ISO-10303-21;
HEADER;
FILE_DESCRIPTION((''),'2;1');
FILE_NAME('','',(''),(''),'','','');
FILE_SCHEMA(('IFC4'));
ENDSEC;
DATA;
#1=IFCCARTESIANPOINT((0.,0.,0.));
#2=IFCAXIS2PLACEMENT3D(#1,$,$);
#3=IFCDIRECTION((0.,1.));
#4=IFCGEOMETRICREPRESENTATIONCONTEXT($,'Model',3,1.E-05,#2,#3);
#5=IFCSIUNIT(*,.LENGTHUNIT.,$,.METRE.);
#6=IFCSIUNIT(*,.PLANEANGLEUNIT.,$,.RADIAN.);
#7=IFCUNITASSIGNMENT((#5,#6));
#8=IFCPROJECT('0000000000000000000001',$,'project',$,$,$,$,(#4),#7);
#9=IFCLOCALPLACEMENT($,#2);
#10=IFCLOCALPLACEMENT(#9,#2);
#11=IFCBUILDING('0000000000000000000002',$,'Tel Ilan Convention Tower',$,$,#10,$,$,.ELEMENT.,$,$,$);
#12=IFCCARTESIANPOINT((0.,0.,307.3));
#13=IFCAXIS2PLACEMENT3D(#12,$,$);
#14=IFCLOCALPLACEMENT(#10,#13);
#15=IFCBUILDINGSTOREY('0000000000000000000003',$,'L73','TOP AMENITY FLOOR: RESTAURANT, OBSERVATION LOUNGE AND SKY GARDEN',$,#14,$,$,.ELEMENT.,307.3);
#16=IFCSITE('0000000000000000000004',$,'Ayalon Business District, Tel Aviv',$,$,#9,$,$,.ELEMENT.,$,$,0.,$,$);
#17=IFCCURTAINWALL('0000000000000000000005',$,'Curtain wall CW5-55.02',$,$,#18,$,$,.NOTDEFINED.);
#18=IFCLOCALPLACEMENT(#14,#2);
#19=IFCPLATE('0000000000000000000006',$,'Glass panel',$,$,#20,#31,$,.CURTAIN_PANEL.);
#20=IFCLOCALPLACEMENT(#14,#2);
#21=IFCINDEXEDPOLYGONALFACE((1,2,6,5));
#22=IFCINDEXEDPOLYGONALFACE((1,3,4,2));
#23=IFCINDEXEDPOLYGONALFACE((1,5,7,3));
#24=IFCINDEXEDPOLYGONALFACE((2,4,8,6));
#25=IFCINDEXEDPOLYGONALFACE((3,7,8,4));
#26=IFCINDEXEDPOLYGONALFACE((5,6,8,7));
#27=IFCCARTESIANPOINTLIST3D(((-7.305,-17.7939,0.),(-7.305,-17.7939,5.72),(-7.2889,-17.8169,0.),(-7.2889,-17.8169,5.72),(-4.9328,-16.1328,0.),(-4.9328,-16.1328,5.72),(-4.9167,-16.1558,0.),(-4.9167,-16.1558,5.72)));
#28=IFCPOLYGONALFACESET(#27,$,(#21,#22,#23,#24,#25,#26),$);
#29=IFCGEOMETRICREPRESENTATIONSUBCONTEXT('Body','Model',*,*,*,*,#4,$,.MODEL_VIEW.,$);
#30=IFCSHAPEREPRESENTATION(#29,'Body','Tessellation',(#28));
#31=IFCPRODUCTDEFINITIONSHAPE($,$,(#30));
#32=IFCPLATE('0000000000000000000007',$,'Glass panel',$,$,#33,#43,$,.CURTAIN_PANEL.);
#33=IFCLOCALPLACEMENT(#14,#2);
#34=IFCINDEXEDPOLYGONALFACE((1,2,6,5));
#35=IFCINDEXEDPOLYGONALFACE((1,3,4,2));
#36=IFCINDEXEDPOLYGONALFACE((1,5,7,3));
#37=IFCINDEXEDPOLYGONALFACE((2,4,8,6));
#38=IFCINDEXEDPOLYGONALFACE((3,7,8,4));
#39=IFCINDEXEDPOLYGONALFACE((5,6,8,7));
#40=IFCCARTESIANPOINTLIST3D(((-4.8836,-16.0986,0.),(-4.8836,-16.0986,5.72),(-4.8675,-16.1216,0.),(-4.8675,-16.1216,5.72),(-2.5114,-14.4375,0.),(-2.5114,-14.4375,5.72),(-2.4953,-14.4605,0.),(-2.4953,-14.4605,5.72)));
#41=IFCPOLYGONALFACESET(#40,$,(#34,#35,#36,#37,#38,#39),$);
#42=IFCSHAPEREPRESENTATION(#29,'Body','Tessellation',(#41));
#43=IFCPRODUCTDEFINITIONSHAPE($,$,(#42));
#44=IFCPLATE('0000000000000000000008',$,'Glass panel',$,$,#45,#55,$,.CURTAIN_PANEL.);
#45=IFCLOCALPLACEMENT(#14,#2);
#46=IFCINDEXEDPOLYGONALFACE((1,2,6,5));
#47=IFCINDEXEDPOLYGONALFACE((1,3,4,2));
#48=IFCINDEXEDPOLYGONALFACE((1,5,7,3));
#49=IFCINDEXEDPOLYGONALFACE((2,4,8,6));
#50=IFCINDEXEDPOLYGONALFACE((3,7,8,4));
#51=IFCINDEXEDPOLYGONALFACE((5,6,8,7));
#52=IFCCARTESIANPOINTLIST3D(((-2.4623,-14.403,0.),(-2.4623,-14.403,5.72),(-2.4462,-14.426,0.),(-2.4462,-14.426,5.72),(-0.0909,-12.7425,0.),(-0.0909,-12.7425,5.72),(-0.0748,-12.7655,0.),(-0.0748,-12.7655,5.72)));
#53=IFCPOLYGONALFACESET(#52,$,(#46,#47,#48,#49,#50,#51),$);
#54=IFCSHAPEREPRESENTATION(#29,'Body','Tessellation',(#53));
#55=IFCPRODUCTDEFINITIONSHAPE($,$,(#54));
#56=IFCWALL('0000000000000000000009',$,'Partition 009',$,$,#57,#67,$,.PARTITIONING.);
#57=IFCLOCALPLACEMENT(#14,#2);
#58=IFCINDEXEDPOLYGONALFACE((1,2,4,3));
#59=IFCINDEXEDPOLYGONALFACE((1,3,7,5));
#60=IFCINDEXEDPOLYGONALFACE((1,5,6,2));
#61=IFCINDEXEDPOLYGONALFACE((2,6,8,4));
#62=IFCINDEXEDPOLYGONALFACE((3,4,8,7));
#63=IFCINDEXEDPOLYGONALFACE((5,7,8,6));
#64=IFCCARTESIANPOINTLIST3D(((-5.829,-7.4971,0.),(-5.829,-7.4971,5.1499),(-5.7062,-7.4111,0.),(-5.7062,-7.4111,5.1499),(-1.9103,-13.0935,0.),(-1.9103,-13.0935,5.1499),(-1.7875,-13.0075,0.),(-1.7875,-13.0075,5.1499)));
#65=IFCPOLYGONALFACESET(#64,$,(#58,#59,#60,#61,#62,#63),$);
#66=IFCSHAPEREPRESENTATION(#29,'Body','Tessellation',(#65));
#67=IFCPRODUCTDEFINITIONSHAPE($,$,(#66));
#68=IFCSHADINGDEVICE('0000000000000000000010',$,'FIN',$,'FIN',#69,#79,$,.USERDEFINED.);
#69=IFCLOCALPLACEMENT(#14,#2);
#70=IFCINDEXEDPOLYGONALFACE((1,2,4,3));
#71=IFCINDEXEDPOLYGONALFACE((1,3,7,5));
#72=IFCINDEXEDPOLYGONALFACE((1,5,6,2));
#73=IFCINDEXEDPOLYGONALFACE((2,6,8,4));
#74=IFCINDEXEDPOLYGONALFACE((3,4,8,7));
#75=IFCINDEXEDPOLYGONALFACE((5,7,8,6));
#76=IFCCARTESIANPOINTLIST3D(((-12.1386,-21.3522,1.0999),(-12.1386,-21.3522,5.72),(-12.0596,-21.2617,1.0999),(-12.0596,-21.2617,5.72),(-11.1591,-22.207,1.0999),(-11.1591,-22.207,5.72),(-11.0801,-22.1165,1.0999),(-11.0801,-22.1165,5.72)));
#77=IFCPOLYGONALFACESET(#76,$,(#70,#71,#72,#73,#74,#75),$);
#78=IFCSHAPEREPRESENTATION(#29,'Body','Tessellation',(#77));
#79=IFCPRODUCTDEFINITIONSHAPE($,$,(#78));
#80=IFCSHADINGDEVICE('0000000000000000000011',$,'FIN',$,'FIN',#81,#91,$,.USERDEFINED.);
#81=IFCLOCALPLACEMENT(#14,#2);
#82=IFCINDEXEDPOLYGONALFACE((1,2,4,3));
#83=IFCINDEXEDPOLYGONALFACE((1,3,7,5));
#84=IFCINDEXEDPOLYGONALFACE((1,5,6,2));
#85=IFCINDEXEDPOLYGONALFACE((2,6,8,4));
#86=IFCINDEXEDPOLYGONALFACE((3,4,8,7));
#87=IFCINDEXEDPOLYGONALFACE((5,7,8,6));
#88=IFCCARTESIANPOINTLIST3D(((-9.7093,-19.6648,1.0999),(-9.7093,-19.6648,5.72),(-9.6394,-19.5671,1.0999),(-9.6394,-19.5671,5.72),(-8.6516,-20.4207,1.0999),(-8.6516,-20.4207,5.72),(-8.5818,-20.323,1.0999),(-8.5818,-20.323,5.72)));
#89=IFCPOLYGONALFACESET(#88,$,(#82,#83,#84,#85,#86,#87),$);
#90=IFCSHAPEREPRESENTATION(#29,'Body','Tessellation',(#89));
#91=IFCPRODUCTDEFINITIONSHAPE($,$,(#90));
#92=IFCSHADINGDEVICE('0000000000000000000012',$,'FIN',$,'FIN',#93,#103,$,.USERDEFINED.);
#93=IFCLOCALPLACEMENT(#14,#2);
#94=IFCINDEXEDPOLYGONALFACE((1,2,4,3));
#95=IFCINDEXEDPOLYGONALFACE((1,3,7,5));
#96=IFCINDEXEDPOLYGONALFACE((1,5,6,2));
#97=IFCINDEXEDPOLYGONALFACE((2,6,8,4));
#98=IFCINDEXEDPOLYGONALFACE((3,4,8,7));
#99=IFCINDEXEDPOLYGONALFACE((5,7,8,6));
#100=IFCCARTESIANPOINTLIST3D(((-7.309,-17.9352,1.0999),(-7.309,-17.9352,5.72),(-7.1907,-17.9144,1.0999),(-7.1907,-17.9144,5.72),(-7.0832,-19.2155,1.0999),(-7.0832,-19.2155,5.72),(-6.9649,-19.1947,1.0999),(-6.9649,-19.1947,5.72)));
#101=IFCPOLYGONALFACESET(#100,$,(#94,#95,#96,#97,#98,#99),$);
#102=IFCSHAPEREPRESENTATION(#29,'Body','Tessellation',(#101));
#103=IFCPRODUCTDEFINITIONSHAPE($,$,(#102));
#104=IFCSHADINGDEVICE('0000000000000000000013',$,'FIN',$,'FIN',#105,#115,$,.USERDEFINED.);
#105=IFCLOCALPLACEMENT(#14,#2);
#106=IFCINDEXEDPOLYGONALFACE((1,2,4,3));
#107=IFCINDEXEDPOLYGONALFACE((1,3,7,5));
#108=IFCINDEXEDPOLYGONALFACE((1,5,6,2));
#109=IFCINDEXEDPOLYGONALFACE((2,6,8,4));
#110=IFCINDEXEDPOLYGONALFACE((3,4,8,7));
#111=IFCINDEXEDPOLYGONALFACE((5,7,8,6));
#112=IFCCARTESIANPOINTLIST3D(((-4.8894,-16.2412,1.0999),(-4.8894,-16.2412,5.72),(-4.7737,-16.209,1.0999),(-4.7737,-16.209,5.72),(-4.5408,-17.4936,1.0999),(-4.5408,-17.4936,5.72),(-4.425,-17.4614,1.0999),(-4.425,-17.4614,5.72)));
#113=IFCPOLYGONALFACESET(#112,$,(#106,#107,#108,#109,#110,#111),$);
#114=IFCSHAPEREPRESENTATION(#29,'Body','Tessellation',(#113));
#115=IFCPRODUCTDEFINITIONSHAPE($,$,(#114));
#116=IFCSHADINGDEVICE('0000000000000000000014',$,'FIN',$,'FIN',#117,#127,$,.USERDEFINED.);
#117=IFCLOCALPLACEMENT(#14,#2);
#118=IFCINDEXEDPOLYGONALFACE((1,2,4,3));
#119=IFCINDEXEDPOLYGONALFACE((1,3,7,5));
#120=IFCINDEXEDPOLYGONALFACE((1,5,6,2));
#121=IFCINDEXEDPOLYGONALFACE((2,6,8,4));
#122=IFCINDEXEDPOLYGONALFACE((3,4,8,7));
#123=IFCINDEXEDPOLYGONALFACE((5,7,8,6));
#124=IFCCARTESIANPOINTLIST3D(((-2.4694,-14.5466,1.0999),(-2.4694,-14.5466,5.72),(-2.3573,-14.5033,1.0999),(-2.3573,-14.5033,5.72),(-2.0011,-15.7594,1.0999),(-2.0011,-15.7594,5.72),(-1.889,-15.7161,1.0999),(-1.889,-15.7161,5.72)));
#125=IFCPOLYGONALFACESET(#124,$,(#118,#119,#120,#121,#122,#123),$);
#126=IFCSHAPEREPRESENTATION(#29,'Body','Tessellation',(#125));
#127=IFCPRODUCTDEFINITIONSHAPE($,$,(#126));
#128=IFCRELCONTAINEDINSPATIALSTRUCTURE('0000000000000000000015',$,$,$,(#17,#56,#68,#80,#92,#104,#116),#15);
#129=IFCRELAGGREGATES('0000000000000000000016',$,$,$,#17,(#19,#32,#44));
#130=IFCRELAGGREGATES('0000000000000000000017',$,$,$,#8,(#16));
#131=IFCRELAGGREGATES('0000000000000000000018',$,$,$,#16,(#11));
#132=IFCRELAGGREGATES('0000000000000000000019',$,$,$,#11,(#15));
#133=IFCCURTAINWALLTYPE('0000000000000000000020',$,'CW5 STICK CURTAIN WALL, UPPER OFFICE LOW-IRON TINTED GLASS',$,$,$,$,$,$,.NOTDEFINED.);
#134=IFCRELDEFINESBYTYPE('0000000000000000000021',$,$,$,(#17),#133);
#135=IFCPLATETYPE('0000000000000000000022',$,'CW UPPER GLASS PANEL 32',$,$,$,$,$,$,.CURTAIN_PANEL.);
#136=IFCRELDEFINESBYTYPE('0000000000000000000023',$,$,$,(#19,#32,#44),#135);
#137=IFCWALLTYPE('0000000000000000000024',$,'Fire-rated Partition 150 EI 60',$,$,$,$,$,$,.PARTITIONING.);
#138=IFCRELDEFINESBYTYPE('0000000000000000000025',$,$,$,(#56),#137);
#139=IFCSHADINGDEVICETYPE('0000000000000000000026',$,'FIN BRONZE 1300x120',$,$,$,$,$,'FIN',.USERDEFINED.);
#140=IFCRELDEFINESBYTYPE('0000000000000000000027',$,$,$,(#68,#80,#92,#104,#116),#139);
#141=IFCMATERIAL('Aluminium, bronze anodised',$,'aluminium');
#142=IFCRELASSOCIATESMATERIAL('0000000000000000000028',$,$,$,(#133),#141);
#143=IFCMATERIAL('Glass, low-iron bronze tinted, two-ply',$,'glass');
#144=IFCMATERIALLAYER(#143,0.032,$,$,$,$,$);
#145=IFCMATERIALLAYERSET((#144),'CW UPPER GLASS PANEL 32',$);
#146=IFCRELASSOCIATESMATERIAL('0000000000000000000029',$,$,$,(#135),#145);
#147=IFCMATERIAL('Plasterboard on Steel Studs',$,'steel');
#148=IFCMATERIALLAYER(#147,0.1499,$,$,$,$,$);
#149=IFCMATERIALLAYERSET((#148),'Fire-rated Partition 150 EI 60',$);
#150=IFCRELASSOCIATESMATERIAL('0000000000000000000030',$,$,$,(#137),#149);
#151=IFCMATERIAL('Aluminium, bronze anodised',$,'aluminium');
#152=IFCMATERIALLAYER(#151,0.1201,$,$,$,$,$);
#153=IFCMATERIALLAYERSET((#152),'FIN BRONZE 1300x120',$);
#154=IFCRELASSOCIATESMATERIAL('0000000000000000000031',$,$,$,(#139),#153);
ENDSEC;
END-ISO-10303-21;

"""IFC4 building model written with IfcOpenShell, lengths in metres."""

from ifc_helpers import new_model, si_unit, direction, frame, frame_2d, origin, origin_2d, place, context, subcontext, project, spatial, rectangle, extrude, material, layer, layer_set, type_object, element, aggregate, save


model = new_model("IFC4")

# Units and contexts
model_context = context("Model", 3, precision=1e-05, world=origin(), true_north=direction((0.0, 1.0)))
body_context = subcontext(model_context, "Body", "Model", "MODEL_VIEW")
ifc_project = project(units=[si_unit("LENGTHUNIT", "METRE"), si_unit("PLANEANGLEUNIT", "RADIAN")], contexts=[model_context])

# Site, building, storey
site_placement = place(None, origin())
site = spatial("IfcSite", under=ifc_project, at=site_placement, Name="Ayalon Business District, Tel Aviv", CompositionType="ELEMENT", RefElevation=0.0)
building_placement = place(site_placement, origin())
building = spatial("IfcBuilding", under=site, at=building_placement, Name="Tel Ilan Convention Tower", CompositionType="ELEMENT")
storey_placement = place(building_placement, frame((0.0, 0.0, 307.3)))
storey = spatial("IfcBuildingStorey", under=building, at=storey_placement, Name="L73", Description="TOP AMENITY FLOOR: RESTAURANT, OBSERVATION LOUNGE AND SKY GARDEN", CompositionType="ELEMENT", Elevation=307.3)

# Curtain wall, plates
ifc_material_1 = material(Name="Aluminium, bronze anodised", Category="aluminium")
curtain_wall_type = type_object("IfcCurtainWallType", Name="CW5 STICK CURTAIN WALL, UPPER OFFICE LOW-IRON TINTED GLASS", PredefinedType="NOTDEFINED", material=ifc_material_1)
curtain_wall_placement = place(storey_placement, origin())
curtain_wall = element("IfcCurtainWall", 1, at=curtain_wall_placement, inside=storey, type_object=curtain_wall_type, Name="Curtain wall CW5-55.02", PredefinedType="NOTDEFINED")
ifc_material_2 = material(Name="Glass, low-iron bronze tinted, two-ply", Category="glass")
ifc_layer_1 = layer(ifc_material_2, 0.032)
ifc_layer_set_1 = layer_set([ifc_layer_1], Name="CW UPPER GLASS PANEL 32")
plate_type = type_object("IfcPlateType", Name="CW UPPER GLASS PANEL 32", PredefinedType="CURTAIN_PANEL", material=ifc_layer_set_1)
plate_1_placement = place(storey_placement, frame((-6.1108, -16.9749, 0.0), z_axis=(0.0, 0.0, 1.0), x_axis=(0.819152, 0.573576, 0.0)))
plate_1 = element("IfcPlate", 2, at=plate_1_placement, type_object=plate_type, Name="Glass panel", PredefinedType="CURTAIN_PANEL", context=body_context, shape_type="SweptSolid", body=[
    extrude(rectangle(XDim=2.896, YDim=0.0281, at=origin_2d()), origin(), (0.0, 0.0, 1.0), 5.72),
])
plate_2_placement = place(storey_placement, frame((-3.6895, -15.2795, 0.0), z_axis=(0.0, 0.0, 1.0), x_axis=(0.819152, 0.573576, 0.0)))
plate_2 = element("IfcPlate", 3, at=plate_2_placement, type_object=plate_type, Name="Glass panel", PredefinedType="CURTAIN_PANEL", context=body_context, shape_type="SweptSolid", body=[
    extrude(rectangle(XDim=2.896, YDim=0.0281, at=origin_2d()), origin(), (0.0, 0.0, 1.0), 5.72),
])
plate_3_placement = place(storey_placement, frame((-1.2686, -13.5842, 0.0), z_axis=(0.0, 0.0, 1.0), x_axis=(0.819152, 0.573576, 0.0)))
plate_3 = element("IfcPlate", 4, at=plate_3_placement, type_object=plate_type, Name="Glass panel", PredefinedType="CURTAIN_PANEL", context=body_context, shape_type="SweptSolid", body=[
    extrude(rectangle(XDim=2.895, YDim=0.0281, at=origin_2d()), origin(), (0.0, 0.0, 1.0), 5.72),
])
aggregate(curtain_wall, [plate_1, plate_2, plate_3])

# Wall
ifc_material_3 = material(Name="Plasterboard on Steel Studs", Category="steel")
ifc_layer_2 = layer(ifc_material_3, 0.1499)
ifc_layer_set_2 = layer_set([ifc_layer_2], Name="Fire-rated Partition 150 EI 60")
wall_type = type_object("IfcWallType", Name="Fire-rated Partition 150 EI 60", PredefinedType="PARTITIONING", material=ifc_layer_set_2)
wall_placement = place(storey_placement, frame((-1.8489, -13.0505, 0.0), z_axis=(0.0, 0.0, 1.0), x_axis=(-0.57358, 0.81915, 0.0)))
element("IfcWall", 5, at=wall_placement, inside=storey, type_object=wall_type, Name="Partition 009", PredefinedType="PARTITIONING", context=body_context, shape_type="SweptSolid", body=[
    extrude(rectangle(XDim=6.832, YDim=0.1499, at=frame_2d((3.416, 0.0))), origin(), (0.0, 0.0, 1.0), 5.1499),
])

# Shading devices
ifc_material_4 = material(Name="Aluminium, bronze anodised", Category="aluminium")
ifc_layer_3 = layer(ifc_material_4, 0.1201)
ifc_layer_set_3 = layer_set([ifc_layer_3], Name="FIN BRONZE 1300x120")
shading_device_type = type_object("IfcShadingDeviceType", Name="FIN BRONZE 1300x120", ElementType="FIN", PredefinedType="USERDEFINED", material=ifc_layer_set_3)
for number, where, z_axis, x_axis, name in (
    (6, (-11.6094, -21.7344, 1.0999), (0.0, 0.0, 1.0), (0.753436, -0.657521, 0.0), "FIN"),
    (7, (-9.1455, -19.9939, 1.0999), (0.0, 0.0, 1.0), (0.813552, -0.581492, 0.0), "FIN"),
    (8, (-7.137, -18.5649, 1.0999), (0.0, 0.0, 1.0), (0.173648, -0.984808, 0.0), "FIN"),
    (9, (-4.6572, -16.8513, 1.0999), (0.0, 0.0, 1.0), (0.268173, -0.963371, 0.0), "FIN"),
    (10, (-2.1792, -15.1313, 1.0999), (0.0, 0.0, 1.0), (0.360178, -0.932884, 0.0), "FIN"),
):
    element("IfcShadingDevice", number, at=place(storey_placement, frame(where, z_axis=z_axis, x_axis=x_axis)), inside=storey, type_object=shading_device_type, Name=name, ObjectType="FIN", PredefinedType="USERDEFINED", context=body_context, shape_type="SweptSolid", body=[
        extrude(rectangle(XDim=1.3, YDim=0.1201, at=origin_2d()), origin(), (0.0, 0.0, 1.0), 4.6201),
    ])

save(model, "model.ifc")
